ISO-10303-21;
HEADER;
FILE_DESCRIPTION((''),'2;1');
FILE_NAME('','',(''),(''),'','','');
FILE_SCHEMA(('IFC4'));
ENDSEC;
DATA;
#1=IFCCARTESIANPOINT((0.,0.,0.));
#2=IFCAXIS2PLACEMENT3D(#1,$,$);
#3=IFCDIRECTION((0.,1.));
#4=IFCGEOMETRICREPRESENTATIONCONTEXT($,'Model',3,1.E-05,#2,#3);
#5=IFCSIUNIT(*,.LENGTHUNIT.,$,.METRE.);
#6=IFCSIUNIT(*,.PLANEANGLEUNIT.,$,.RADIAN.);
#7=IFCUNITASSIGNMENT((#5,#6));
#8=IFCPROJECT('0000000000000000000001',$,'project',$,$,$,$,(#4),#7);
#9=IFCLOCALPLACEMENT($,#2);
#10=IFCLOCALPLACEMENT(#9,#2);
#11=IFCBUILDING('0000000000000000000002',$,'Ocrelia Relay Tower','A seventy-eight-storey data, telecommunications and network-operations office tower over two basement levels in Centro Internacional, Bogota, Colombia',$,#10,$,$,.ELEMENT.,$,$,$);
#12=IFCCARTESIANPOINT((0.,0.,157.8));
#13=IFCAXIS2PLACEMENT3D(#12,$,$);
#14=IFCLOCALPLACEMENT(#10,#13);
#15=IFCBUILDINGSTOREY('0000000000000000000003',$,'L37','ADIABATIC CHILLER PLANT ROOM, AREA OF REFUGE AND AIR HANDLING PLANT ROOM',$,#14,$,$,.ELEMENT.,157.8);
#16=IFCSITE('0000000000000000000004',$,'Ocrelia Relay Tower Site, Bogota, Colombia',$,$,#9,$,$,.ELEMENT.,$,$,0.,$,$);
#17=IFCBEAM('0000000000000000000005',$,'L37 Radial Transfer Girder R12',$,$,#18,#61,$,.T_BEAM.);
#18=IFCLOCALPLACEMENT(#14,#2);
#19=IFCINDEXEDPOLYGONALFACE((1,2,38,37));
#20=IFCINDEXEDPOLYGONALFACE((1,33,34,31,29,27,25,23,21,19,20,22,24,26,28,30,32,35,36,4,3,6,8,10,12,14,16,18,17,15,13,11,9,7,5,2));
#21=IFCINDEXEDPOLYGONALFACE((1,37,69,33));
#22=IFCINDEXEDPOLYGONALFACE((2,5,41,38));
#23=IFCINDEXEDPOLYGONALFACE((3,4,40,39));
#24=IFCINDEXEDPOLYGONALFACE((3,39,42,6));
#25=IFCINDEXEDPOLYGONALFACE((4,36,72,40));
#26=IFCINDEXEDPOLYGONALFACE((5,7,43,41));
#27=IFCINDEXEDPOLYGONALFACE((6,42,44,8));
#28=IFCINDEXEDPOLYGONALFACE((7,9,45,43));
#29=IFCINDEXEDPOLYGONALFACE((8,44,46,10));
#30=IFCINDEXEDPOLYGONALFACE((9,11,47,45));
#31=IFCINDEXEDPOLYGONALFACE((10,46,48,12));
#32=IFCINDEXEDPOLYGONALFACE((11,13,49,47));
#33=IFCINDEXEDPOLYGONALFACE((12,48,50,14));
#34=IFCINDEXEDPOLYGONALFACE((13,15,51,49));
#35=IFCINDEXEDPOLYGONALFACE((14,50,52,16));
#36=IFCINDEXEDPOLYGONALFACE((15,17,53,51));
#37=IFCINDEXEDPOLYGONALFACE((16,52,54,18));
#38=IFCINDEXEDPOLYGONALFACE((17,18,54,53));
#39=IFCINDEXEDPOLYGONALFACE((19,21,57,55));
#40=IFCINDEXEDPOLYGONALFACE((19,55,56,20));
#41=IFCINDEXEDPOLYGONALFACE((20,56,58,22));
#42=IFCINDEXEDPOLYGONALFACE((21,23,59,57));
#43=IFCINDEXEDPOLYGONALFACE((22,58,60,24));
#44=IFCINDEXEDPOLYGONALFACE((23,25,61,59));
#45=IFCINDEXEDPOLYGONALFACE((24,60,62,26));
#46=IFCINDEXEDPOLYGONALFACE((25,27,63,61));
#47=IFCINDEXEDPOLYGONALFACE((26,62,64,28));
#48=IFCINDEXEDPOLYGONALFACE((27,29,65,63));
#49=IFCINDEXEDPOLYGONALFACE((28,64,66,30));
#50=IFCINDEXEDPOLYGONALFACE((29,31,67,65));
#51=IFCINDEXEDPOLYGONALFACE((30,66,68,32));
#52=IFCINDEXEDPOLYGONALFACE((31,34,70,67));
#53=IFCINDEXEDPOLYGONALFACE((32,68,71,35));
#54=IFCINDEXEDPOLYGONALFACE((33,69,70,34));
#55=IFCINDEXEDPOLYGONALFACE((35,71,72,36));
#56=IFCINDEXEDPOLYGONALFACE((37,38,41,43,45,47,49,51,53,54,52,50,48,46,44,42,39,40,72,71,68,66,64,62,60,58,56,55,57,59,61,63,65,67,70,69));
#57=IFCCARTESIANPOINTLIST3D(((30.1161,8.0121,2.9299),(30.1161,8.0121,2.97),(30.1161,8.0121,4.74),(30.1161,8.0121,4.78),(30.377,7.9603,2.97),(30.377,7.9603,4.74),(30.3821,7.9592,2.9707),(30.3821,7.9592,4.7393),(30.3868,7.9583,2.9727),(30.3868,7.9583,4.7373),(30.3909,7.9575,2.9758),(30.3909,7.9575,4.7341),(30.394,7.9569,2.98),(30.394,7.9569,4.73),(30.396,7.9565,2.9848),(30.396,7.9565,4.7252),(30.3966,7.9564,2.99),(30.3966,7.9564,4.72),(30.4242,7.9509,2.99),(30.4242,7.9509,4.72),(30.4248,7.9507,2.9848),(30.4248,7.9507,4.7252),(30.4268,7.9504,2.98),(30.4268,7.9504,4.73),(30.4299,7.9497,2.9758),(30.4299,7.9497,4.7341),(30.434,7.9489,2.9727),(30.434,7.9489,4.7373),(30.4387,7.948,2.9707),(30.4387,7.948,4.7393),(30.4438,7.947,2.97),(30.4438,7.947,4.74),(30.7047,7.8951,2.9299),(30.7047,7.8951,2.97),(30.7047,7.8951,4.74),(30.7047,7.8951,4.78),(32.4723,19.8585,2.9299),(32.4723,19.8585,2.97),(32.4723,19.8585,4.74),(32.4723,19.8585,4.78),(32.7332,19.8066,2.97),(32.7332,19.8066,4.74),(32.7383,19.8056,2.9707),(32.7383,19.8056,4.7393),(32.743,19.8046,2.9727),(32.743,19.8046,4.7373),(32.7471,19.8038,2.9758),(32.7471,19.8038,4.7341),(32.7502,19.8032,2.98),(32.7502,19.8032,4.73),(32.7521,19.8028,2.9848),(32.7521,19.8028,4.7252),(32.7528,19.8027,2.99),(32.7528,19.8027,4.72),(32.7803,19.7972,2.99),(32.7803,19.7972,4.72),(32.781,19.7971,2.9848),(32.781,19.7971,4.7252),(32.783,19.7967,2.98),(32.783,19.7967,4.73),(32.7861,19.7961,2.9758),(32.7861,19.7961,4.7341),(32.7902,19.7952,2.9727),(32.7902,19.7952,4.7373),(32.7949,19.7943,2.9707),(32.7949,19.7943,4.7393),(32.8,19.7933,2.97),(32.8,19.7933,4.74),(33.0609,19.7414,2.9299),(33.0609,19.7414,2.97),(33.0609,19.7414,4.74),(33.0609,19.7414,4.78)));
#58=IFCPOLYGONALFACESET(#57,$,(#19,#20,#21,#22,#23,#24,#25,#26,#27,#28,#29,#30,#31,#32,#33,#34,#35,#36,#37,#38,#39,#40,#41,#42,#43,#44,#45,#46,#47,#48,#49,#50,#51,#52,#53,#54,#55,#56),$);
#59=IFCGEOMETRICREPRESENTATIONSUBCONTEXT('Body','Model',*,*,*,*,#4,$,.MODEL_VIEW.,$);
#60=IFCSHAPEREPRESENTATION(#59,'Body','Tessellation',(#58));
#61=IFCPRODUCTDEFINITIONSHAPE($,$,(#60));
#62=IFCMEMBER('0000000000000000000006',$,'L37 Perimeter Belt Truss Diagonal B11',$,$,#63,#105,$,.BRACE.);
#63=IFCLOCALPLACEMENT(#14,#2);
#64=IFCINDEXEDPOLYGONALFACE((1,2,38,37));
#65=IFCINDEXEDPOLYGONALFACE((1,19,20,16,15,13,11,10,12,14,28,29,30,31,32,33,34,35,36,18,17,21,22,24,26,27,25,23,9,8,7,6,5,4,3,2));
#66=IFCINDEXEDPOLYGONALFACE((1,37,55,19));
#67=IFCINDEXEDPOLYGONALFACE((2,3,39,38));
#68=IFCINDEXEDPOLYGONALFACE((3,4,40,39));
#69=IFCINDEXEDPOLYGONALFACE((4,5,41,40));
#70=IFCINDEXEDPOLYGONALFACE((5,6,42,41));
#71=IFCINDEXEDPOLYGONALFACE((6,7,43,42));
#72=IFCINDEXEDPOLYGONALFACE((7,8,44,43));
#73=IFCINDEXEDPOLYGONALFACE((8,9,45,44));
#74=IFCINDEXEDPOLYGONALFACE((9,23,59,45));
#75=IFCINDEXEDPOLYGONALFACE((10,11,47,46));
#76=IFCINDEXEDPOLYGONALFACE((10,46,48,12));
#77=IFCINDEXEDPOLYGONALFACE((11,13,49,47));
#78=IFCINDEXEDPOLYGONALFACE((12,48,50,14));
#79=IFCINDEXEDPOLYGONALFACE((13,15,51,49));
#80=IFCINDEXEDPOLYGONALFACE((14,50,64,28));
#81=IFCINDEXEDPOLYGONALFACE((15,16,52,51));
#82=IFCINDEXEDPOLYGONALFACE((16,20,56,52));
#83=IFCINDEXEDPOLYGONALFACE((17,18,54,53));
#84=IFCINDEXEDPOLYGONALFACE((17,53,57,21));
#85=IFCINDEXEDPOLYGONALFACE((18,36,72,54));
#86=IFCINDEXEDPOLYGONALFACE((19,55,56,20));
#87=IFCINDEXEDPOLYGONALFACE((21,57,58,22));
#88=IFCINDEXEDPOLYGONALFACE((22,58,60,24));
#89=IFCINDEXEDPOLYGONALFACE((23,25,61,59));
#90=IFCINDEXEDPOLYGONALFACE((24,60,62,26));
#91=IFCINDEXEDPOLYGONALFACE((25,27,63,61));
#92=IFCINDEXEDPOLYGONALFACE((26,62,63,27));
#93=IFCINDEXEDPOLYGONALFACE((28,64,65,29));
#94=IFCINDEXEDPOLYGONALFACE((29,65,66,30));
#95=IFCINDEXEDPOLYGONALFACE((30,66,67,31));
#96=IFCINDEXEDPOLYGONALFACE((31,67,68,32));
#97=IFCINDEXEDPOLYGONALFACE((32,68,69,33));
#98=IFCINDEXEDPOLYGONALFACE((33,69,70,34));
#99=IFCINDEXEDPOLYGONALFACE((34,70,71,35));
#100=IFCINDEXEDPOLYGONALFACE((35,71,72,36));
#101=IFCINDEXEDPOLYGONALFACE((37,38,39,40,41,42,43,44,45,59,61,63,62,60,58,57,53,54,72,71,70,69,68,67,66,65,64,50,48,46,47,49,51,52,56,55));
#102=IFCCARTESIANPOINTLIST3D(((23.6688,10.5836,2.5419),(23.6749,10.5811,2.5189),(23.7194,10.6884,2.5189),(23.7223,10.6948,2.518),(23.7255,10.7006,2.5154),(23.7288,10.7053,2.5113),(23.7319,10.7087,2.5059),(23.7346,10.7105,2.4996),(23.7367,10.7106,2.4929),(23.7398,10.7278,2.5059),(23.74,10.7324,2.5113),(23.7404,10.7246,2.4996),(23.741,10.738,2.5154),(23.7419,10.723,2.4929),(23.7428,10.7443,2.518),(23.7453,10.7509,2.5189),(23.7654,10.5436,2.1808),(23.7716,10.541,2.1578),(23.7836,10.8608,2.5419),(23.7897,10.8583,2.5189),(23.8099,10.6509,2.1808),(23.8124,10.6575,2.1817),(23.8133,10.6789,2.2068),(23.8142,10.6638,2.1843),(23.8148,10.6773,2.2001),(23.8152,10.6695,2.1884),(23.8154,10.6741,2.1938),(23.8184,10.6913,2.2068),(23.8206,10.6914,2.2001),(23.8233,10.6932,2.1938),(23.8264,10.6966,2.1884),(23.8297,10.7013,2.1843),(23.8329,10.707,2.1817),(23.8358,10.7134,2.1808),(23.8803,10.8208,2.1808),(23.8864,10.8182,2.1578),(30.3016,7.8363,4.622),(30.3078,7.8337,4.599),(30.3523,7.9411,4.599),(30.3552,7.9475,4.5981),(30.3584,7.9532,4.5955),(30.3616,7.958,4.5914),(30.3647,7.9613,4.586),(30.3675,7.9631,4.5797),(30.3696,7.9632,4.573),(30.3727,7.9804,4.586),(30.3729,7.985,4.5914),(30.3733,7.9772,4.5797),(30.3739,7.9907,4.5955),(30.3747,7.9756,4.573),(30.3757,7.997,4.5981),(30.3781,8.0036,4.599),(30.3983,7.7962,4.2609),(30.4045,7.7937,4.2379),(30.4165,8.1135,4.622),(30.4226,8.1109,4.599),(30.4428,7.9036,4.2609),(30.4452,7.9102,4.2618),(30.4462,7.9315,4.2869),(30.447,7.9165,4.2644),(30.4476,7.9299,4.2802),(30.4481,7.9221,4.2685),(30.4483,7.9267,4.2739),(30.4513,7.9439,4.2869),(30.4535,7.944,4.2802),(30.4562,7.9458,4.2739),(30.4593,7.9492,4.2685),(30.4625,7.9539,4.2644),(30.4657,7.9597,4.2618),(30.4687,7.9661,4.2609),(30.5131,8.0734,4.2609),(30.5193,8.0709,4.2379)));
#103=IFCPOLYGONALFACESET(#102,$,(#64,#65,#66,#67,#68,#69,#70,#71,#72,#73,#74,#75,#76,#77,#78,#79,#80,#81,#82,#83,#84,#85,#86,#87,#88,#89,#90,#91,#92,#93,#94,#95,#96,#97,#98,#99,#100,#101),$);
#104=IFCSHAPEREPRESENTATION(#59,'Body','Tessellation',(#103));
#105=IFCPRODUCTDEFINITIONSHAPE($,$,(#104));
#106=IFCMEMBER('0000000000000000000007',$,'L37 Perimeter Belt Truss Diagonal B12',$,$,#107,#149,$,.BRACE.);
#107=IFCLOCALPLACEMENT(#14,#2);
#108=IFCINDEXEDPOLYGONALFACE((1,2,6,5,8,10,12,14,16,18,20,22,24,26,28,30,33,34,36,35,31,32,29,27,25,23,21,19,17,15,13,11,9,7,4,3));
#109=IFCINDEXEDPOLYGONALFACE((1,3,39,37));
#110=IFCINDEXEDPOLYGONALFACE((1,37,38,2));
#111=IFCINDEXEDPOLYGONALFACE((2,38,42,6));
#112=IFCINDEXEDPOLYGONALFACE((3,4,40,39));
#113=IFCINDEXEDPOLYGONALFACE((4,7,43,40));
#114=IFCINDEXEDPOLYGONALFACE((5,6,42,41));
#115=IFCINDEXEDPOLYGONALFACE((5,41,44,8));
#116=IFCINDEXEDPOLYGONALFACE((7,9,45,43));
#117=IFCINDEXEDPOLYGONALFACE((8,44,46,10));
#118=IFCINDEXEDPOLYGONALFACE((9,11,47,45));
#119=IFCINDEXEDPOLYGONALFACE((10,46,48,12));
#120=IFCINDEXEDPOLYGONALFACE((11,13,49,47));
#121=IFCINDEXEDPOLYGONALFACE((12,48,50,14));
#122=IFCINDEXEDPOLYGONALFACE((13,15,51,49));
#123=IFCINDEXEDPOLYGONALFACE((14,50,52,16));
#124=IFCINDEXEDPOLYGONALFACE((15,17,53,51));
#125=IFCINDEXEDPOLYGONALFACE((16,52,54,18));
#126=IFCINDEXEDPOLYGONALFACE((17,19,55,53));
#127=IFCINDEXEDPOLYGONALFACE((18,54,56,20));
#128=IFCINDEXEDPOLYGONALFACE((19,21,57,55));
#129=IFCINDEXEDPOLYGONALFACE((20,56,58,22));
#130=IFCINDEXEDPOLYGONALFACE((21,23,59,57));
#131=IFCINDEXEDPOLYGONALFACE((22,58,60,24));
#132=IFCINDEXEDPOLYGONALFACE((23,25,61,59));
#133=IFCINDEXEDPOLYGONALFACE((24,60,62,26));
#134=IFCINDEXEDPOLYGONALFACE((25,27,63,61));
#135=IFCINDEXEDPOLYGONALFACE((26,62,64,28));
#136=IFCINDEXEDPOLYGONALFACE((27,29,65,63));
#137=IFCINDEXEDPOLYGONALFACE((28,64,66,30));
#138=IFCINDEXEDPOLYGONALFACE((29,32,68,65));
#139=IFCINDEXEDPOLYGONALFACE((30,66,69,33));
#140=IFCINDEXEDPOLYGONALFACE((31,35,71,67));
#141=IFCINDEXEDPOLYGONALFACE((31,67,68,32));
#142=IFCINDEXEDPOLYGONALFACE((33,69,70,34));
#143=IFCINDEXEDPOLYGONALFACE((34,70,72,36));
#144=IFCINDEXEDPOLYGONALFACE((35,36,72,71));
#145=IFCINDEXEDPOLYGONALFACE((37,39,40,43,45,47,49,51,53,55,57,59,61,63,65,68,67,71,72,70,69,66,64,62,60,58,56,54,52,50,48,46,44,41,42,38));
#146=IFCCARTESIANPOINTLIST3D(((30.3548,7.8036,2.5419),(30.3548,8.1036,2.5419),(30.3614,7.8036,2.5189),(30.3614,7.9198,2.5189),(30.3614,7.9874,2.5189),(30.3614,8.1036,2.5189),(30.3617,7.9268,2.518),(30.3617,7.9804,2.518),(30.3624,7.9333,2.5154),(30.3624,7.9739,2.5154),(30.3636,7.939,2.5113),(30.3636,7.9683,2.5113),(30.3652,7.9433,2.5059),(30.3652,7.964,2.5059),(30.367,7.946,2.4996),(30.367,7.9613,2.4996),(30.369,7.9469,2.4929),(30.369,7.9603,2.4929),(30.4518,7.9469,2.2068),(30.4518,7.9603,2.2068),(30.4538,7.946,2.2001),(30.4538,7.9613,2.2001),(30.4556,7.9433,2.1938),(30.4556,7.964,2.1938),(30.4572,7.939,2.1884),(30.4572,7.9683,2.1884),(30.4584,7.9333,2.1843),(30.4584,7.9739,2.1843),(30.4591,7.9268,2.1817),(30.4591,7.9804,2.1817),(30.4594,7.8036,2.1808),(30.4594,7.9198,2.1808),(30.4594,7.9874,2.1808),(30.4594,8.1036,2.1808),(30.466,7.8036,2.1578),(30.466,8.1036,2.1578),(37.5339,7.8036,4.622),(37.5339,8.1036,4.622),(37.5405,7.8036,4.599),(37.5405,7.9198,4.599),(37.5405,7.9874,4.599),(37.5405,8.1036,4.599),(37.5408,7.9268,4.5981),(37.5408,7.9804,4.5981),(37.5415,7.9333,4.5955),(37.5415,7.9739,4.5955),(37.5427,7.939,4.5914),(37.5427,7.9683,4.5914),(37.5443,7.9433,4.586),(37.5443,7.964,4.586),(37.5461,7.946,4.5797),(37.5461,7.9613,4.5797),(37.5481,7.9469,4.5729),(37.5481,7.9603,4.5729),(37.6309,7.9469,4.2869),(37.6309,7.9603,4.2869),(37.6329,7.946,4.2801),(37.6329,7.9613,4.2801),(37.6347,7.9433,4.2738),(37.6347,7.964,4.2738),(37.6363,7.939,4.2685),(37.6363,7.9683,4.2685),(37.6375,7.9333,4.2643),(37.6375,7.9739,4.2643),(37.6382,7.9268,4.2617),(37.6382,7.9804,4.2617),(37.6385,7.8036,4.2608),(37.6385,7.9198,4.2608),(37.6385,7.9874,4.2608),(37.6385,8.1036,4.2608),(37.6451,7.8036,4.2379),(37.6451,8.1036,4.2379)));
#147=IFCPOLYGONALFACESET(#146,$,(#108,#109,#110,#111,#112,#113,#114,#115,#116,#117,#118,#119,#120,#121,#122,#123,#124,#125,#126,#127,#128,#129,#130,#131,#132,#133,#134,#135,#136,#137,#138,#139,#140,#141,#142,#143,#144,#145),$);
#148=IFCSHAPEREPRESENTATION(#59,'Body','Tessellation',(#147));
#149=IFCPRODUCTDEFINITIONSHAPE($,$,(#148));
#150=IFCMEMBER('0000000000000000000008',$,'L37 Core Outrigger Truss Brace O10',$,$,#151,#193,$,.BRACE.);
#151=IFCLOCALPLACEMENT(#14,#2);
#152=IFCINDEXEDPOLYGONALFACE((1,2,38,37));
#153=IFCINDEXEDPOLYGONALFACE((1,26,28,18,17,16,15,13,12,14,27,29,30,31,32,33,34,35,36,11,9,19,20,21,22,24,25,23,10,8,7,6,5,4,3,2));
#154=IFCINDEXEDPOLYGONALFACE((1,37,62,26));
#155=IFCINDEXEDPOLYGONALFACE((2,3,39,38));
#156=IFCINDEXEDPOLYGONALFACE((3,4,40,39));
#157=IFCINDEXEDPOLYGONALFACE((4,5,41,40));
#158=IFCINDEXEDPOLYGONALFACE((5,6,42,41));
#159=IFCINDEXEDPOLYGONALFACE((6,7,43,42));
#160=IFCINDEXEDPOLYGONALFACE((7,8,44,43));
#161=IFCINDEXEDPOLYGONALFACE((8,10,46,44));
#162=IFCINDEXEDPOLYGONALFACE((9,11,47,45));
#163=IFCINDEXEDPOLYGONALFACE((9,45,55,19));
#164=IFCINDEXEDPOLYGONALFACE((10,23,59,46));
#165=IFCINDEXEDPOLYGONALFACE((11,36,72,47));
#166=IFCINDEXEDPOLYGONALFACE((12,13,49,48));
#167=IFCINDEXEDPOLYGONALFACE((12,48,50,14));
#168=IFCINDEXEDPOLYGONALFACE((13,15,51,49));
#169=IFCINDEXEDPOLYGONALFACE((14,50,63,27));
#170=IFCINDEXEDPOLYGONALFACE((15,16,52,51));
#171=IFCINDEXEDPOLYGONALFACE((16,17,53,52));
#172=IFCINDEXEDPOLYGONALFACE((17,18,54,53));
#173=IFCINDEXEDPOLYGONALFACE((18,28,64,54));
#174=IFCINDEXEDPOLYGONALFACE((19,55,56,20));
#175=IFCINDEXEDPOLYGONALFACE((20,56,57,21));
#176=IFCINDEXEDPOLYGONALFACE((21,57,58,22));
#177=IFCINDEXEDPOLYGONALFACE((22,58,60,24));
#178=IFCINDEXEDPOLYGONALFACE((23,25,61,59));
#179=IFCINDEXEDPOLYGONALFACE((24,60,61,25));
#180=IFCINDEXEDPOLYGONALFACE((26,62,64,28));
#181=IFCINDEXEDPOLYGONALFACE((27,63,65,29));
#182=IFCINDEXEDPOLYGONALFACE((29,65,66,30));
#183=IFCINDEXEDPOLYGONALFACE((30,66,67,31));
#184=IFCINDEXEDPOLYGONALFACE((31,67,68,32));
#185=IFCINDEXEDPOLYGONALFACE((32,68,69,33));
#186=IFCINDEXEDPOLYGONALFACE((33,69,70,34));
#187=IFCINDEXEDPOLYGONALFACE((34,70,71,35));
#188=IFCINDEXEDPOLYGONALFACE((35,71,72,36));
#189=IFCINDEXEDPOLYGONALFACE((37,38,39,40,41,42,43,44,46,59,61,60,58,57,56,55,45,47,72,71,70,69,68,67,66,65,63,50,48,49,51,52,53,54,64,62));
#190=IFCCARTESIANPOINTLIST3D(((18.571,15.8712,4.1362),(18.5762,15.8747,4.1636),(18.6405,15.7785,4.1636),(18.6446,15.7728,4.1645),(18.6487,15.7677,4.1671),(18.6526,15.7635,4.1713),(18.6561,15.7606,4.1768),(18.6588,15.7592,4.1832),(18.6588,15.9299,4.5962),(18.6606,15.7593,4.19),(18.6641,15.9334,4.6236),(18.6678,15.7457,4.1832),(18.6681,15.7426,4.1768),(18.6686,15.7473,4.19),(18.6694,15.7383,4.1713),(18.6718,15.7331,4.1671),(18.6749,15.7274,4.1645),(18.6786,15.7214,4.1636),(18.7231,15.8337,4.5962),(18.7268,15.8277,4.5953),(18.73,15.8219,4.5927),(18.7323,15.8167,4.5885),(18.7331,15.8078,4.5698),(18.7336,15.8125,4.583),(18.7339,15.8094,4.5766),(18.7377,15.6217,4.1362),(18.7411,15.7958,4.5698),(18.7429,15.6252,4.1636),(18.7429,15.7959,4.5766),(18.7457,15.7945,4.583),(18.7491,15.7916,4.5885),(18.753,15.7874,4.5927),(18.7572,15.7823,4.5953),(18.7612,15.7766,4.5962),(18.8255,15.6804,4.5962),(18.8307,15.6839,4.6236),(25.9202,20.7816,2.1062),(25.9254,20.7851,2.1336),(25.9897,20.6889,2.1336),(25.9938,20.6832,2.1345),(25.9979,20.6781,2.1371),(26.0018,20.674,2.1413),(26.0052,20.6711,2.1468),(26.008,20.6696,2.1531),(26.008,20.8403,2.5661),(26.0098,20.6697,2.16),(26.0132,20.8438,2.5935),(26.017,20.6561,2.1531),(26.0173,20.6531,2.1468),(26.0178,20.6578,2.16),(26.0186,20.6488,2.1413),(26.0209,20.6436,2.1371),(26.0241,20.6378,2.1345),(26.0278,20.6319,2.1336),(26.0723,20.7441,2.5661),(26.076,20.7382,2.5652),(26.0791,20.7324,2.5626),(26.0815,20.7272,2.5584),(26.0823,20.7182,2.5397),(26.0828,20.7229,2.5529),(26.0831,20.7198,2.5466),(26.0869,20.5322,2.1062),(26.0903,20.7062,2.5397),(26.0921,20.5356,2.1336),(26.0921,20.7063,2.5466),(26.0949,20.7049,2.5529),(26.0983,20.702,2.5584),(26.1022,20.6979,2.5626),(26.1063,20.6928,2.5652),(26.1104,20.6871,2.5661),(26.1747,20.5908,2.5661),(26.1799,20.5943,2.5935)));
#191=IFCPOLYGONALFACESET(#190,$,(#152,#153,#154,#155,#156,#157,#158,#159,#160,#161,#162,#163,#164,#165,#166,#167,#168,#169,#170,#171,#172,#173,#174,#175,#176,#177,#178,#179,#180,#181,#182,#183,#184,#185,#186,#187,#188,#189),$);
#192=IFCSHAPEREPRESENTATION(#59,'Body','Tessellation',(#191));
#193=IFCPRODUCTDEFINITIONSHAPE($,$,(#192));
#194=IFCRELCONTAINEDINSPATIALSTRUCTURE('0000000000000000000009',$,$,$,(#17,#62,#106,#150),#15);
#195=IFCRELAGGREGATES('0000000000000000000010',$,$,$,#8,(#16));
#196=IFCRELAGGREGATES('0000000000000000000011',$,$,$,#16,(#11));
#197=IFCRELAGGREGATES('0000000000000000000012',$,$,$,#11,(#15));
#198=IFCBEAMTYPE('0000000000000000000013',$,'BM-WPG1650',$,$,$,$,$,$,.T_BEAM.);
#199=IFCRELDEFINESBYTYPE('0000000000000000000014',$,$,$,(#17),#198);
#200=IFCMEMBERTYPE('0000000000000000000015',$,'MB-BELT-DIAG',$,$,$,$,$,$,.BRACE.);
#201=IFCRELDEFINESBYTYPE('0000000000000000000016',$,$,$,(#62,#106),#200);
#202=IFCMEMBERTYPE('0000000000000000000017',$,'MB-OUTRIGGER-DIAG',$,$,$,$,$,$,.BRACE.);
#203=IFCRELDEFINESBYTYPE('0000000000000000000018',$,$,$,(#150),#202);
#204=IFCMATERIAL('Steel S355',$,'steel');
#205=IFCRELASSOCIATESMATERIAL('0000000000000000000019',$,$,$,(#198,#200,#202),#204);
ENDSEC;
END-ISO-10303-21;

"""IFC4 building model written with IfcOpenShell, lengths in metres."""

from ifc_helpers import new_model, si_unit, direction, frame, origin, origin_2d, place, context, subcontext, project, spatial, i_section, extrude, material, material_profile, profile_set, type_object, element, save


model = new_model("IFC4")

# Units and contexts
model_context = context("Model", 3, precision=1e-05, world=origin(), true_north=direction((0.0, 1.0)))
body_context = subcontext(model_context, "Body", "Model", "MODEL_VIEW")
ifc_project = project(units=[si_unit("LENGTHUNIT", "METRE"), si_unit("PLANEANGLEUNIT", "RADIAN")], contexts=[model_context])

# Site, building, storey
site_placement = place(None, origin())
site = spatial("IfcSite", under=ifc_project, at=site_placement, Name="Ocrelia Relay Tower Site, Bogota, Colombia", CompositionType="ELEMENT", RefElevation=0.0)
building_placement = place(site_placement, origin())
building = spatial("IfcBuilding", under=site, at=building_placement, Name="Ocrelia Relay Tower", Description="A seventy-eight-storey data, telecommunications and network-operations office tower over two basement levels in Centro Internacional, Bogota, Colombia", CompositionType="ELEMENT")
storey_placement = place(building_placement, frame((0.0, 0.0, 157.8)))
storey = spatial("IfcBuildingStorey", under=building, at=storey_placement, Name="L37", Description="ADIABATIC CHILLER PLANT ROOM, AREA OF REFUGE AND AIR HANDLING PLANT ROOM", CompositionType="ELEMENT", Elevation=157.8)

# Beam
ifc_material_1 = material(Name="Steel S355", Category="steel")
ifc_material_profile_1 = material_profile(ifc_material_1, i_section(OverallWidth=0.6001, OverallDepth=1.8501, WebThickness=0.0281, FlangeThickness=0.04, FilletRadius=0.02, at=origin_2d()), Name="WPG 1850x600")
ifc_profile_set_1 = profile_set([ifc_material_profile_1], Name="Steel S355")
beam_type_1 = type_object("IfcBeamType", Name="BM-WPG1650", PredefinedType="T_BEAM", material=ifc_profile_set_1)
beam_1_placement = place(storey_placement, frame((30.4104, 7.9536, 3.855), z_axis=(0.195074, 0.980788, 0.0), x_axis=(-0.980788, 0.195074, 0.0)))
element("IfcBeam", 1, at=beam_1_placement, inside=storey, type_object=beam_type_1, Name="L37 Radial Transfer Girder R12", PredefinedType="T_BEAM", context=body_context, shape_type="SweptSolid", body=[
    extrude(i_section(OverallWidth=0.6001, OverallDepth=1.8501, WebThickness=0.0281, FlangeThickness=0.04, FilletRadius=0.02, at=origin_2d()), origin(), (0.0, 0.0, 1.0), 12.0784),
])

# Members
ifc_material_profile_2 = material_profile(ifc_material_1, i_section(OverallWidth=0.3, OverallDepth=0.3999, WebThickness=0.0134, FlangeThickness=0.0239, FilletRadius=0.0271, at=origin_2d()), Name="HEB 400")
ifc_profile_set_2 = profile_set([ifc_material_profile_2], Name="Steel S355")
member_type_1 = type_object("IfcMemberType", Name="MB-BELT-DIAG", PredefinedType="BRACE", material=ifc_profile_set_2)
member_1_placement = place(storey_placement, frame((23.7776, 10.7009, 2.3499), z_axis=(0.887388, -0.367557, 0.278289), x_axis=(0.382673, 0.923884, 0.0)))
element("IfcMember", 2, at=member_1_placement, inside=storey, type_object=member_type_1, Name="L37 Perimeter Belt Truss Diagonal B11", PredefinedType="BRACE", context=body_context, shape_type="SweptSolid", body=[
    extrude(i_section(OverallWidth=0.3, OverallDepth=0.3999, WebThickness=0.0134, FlangeThickness=0.0239, FilletRadius=0.0271, at=origin_2d()), origin(), (0.0, 0.0, 1.0), 7.4746),
])
member_2_placement = place(storey_placement, frame((30.4104, 7.9536, 2.3499), z_axis=(0.960497, 0.0, 0.278291), x_axis=(0.0, 1.0, 0.0)))
element("IfcMember", 3, at=member_2_placement, inside=storey, type_object=member_type_1, Name="L37 Perimeter Belt Truss Diagonal B12", PredefinedType="BRACE", context=body_context, shape_type="SweptSolid", body=[
    extrude(i_section(OverallWidth=0.3, OverallDepth=0.3999, WebThickness=0.0134, FlangeThickness=0.0239, FilletRadius=0.0271, at=origin_2d()), origin(), (0.0, 0.0, 1.0), 7.4744),
])
ifc_material_profile_3 = material_profile(ifc_material_1, i_section(OverallWidth=0.3, OverallDepth=0.5, WebThickness=0.0144, FlangeThickness=0.0281, FilletRadius=0.0271, at=origin_2d()), Name="HEB 500")
ifc_profile_set_3 = profile_set([ifc_material_profile_3], Name="Steel S355")
member_type_2 = type_object("IfcMemberType", Name="MB-OUTRIGGER-DIAG", PredefinedType="BRACE", material=ifc_profile_set_3)
member_3_placement = place(storey_placement, frame((26.05, 20.688, 2.3499), z_axis=(-0.810377, -0.541463, 0.223848), x_axis=(0.55556, -0.831476, 0.0)))
element("IfcMember", 4, at=member_3_placement, inside=storey, type_object=member_type_2, Name="L37 Core Outrigger Truss Brace O10", PredefinedType="BRACE", context=body_context, shape_type="SweptSolid", body=[
    extrude(i_section(OverallWidth=0.3, OverallDepth=0.5, WebThickness=0.0144, FlangeThickness=0.0281, FilletRadius=0.0271, at=origin_2d()), origin(), (0.0, 0.0, 1.0), 9.0688),
])

save(model, "model.ifc")
